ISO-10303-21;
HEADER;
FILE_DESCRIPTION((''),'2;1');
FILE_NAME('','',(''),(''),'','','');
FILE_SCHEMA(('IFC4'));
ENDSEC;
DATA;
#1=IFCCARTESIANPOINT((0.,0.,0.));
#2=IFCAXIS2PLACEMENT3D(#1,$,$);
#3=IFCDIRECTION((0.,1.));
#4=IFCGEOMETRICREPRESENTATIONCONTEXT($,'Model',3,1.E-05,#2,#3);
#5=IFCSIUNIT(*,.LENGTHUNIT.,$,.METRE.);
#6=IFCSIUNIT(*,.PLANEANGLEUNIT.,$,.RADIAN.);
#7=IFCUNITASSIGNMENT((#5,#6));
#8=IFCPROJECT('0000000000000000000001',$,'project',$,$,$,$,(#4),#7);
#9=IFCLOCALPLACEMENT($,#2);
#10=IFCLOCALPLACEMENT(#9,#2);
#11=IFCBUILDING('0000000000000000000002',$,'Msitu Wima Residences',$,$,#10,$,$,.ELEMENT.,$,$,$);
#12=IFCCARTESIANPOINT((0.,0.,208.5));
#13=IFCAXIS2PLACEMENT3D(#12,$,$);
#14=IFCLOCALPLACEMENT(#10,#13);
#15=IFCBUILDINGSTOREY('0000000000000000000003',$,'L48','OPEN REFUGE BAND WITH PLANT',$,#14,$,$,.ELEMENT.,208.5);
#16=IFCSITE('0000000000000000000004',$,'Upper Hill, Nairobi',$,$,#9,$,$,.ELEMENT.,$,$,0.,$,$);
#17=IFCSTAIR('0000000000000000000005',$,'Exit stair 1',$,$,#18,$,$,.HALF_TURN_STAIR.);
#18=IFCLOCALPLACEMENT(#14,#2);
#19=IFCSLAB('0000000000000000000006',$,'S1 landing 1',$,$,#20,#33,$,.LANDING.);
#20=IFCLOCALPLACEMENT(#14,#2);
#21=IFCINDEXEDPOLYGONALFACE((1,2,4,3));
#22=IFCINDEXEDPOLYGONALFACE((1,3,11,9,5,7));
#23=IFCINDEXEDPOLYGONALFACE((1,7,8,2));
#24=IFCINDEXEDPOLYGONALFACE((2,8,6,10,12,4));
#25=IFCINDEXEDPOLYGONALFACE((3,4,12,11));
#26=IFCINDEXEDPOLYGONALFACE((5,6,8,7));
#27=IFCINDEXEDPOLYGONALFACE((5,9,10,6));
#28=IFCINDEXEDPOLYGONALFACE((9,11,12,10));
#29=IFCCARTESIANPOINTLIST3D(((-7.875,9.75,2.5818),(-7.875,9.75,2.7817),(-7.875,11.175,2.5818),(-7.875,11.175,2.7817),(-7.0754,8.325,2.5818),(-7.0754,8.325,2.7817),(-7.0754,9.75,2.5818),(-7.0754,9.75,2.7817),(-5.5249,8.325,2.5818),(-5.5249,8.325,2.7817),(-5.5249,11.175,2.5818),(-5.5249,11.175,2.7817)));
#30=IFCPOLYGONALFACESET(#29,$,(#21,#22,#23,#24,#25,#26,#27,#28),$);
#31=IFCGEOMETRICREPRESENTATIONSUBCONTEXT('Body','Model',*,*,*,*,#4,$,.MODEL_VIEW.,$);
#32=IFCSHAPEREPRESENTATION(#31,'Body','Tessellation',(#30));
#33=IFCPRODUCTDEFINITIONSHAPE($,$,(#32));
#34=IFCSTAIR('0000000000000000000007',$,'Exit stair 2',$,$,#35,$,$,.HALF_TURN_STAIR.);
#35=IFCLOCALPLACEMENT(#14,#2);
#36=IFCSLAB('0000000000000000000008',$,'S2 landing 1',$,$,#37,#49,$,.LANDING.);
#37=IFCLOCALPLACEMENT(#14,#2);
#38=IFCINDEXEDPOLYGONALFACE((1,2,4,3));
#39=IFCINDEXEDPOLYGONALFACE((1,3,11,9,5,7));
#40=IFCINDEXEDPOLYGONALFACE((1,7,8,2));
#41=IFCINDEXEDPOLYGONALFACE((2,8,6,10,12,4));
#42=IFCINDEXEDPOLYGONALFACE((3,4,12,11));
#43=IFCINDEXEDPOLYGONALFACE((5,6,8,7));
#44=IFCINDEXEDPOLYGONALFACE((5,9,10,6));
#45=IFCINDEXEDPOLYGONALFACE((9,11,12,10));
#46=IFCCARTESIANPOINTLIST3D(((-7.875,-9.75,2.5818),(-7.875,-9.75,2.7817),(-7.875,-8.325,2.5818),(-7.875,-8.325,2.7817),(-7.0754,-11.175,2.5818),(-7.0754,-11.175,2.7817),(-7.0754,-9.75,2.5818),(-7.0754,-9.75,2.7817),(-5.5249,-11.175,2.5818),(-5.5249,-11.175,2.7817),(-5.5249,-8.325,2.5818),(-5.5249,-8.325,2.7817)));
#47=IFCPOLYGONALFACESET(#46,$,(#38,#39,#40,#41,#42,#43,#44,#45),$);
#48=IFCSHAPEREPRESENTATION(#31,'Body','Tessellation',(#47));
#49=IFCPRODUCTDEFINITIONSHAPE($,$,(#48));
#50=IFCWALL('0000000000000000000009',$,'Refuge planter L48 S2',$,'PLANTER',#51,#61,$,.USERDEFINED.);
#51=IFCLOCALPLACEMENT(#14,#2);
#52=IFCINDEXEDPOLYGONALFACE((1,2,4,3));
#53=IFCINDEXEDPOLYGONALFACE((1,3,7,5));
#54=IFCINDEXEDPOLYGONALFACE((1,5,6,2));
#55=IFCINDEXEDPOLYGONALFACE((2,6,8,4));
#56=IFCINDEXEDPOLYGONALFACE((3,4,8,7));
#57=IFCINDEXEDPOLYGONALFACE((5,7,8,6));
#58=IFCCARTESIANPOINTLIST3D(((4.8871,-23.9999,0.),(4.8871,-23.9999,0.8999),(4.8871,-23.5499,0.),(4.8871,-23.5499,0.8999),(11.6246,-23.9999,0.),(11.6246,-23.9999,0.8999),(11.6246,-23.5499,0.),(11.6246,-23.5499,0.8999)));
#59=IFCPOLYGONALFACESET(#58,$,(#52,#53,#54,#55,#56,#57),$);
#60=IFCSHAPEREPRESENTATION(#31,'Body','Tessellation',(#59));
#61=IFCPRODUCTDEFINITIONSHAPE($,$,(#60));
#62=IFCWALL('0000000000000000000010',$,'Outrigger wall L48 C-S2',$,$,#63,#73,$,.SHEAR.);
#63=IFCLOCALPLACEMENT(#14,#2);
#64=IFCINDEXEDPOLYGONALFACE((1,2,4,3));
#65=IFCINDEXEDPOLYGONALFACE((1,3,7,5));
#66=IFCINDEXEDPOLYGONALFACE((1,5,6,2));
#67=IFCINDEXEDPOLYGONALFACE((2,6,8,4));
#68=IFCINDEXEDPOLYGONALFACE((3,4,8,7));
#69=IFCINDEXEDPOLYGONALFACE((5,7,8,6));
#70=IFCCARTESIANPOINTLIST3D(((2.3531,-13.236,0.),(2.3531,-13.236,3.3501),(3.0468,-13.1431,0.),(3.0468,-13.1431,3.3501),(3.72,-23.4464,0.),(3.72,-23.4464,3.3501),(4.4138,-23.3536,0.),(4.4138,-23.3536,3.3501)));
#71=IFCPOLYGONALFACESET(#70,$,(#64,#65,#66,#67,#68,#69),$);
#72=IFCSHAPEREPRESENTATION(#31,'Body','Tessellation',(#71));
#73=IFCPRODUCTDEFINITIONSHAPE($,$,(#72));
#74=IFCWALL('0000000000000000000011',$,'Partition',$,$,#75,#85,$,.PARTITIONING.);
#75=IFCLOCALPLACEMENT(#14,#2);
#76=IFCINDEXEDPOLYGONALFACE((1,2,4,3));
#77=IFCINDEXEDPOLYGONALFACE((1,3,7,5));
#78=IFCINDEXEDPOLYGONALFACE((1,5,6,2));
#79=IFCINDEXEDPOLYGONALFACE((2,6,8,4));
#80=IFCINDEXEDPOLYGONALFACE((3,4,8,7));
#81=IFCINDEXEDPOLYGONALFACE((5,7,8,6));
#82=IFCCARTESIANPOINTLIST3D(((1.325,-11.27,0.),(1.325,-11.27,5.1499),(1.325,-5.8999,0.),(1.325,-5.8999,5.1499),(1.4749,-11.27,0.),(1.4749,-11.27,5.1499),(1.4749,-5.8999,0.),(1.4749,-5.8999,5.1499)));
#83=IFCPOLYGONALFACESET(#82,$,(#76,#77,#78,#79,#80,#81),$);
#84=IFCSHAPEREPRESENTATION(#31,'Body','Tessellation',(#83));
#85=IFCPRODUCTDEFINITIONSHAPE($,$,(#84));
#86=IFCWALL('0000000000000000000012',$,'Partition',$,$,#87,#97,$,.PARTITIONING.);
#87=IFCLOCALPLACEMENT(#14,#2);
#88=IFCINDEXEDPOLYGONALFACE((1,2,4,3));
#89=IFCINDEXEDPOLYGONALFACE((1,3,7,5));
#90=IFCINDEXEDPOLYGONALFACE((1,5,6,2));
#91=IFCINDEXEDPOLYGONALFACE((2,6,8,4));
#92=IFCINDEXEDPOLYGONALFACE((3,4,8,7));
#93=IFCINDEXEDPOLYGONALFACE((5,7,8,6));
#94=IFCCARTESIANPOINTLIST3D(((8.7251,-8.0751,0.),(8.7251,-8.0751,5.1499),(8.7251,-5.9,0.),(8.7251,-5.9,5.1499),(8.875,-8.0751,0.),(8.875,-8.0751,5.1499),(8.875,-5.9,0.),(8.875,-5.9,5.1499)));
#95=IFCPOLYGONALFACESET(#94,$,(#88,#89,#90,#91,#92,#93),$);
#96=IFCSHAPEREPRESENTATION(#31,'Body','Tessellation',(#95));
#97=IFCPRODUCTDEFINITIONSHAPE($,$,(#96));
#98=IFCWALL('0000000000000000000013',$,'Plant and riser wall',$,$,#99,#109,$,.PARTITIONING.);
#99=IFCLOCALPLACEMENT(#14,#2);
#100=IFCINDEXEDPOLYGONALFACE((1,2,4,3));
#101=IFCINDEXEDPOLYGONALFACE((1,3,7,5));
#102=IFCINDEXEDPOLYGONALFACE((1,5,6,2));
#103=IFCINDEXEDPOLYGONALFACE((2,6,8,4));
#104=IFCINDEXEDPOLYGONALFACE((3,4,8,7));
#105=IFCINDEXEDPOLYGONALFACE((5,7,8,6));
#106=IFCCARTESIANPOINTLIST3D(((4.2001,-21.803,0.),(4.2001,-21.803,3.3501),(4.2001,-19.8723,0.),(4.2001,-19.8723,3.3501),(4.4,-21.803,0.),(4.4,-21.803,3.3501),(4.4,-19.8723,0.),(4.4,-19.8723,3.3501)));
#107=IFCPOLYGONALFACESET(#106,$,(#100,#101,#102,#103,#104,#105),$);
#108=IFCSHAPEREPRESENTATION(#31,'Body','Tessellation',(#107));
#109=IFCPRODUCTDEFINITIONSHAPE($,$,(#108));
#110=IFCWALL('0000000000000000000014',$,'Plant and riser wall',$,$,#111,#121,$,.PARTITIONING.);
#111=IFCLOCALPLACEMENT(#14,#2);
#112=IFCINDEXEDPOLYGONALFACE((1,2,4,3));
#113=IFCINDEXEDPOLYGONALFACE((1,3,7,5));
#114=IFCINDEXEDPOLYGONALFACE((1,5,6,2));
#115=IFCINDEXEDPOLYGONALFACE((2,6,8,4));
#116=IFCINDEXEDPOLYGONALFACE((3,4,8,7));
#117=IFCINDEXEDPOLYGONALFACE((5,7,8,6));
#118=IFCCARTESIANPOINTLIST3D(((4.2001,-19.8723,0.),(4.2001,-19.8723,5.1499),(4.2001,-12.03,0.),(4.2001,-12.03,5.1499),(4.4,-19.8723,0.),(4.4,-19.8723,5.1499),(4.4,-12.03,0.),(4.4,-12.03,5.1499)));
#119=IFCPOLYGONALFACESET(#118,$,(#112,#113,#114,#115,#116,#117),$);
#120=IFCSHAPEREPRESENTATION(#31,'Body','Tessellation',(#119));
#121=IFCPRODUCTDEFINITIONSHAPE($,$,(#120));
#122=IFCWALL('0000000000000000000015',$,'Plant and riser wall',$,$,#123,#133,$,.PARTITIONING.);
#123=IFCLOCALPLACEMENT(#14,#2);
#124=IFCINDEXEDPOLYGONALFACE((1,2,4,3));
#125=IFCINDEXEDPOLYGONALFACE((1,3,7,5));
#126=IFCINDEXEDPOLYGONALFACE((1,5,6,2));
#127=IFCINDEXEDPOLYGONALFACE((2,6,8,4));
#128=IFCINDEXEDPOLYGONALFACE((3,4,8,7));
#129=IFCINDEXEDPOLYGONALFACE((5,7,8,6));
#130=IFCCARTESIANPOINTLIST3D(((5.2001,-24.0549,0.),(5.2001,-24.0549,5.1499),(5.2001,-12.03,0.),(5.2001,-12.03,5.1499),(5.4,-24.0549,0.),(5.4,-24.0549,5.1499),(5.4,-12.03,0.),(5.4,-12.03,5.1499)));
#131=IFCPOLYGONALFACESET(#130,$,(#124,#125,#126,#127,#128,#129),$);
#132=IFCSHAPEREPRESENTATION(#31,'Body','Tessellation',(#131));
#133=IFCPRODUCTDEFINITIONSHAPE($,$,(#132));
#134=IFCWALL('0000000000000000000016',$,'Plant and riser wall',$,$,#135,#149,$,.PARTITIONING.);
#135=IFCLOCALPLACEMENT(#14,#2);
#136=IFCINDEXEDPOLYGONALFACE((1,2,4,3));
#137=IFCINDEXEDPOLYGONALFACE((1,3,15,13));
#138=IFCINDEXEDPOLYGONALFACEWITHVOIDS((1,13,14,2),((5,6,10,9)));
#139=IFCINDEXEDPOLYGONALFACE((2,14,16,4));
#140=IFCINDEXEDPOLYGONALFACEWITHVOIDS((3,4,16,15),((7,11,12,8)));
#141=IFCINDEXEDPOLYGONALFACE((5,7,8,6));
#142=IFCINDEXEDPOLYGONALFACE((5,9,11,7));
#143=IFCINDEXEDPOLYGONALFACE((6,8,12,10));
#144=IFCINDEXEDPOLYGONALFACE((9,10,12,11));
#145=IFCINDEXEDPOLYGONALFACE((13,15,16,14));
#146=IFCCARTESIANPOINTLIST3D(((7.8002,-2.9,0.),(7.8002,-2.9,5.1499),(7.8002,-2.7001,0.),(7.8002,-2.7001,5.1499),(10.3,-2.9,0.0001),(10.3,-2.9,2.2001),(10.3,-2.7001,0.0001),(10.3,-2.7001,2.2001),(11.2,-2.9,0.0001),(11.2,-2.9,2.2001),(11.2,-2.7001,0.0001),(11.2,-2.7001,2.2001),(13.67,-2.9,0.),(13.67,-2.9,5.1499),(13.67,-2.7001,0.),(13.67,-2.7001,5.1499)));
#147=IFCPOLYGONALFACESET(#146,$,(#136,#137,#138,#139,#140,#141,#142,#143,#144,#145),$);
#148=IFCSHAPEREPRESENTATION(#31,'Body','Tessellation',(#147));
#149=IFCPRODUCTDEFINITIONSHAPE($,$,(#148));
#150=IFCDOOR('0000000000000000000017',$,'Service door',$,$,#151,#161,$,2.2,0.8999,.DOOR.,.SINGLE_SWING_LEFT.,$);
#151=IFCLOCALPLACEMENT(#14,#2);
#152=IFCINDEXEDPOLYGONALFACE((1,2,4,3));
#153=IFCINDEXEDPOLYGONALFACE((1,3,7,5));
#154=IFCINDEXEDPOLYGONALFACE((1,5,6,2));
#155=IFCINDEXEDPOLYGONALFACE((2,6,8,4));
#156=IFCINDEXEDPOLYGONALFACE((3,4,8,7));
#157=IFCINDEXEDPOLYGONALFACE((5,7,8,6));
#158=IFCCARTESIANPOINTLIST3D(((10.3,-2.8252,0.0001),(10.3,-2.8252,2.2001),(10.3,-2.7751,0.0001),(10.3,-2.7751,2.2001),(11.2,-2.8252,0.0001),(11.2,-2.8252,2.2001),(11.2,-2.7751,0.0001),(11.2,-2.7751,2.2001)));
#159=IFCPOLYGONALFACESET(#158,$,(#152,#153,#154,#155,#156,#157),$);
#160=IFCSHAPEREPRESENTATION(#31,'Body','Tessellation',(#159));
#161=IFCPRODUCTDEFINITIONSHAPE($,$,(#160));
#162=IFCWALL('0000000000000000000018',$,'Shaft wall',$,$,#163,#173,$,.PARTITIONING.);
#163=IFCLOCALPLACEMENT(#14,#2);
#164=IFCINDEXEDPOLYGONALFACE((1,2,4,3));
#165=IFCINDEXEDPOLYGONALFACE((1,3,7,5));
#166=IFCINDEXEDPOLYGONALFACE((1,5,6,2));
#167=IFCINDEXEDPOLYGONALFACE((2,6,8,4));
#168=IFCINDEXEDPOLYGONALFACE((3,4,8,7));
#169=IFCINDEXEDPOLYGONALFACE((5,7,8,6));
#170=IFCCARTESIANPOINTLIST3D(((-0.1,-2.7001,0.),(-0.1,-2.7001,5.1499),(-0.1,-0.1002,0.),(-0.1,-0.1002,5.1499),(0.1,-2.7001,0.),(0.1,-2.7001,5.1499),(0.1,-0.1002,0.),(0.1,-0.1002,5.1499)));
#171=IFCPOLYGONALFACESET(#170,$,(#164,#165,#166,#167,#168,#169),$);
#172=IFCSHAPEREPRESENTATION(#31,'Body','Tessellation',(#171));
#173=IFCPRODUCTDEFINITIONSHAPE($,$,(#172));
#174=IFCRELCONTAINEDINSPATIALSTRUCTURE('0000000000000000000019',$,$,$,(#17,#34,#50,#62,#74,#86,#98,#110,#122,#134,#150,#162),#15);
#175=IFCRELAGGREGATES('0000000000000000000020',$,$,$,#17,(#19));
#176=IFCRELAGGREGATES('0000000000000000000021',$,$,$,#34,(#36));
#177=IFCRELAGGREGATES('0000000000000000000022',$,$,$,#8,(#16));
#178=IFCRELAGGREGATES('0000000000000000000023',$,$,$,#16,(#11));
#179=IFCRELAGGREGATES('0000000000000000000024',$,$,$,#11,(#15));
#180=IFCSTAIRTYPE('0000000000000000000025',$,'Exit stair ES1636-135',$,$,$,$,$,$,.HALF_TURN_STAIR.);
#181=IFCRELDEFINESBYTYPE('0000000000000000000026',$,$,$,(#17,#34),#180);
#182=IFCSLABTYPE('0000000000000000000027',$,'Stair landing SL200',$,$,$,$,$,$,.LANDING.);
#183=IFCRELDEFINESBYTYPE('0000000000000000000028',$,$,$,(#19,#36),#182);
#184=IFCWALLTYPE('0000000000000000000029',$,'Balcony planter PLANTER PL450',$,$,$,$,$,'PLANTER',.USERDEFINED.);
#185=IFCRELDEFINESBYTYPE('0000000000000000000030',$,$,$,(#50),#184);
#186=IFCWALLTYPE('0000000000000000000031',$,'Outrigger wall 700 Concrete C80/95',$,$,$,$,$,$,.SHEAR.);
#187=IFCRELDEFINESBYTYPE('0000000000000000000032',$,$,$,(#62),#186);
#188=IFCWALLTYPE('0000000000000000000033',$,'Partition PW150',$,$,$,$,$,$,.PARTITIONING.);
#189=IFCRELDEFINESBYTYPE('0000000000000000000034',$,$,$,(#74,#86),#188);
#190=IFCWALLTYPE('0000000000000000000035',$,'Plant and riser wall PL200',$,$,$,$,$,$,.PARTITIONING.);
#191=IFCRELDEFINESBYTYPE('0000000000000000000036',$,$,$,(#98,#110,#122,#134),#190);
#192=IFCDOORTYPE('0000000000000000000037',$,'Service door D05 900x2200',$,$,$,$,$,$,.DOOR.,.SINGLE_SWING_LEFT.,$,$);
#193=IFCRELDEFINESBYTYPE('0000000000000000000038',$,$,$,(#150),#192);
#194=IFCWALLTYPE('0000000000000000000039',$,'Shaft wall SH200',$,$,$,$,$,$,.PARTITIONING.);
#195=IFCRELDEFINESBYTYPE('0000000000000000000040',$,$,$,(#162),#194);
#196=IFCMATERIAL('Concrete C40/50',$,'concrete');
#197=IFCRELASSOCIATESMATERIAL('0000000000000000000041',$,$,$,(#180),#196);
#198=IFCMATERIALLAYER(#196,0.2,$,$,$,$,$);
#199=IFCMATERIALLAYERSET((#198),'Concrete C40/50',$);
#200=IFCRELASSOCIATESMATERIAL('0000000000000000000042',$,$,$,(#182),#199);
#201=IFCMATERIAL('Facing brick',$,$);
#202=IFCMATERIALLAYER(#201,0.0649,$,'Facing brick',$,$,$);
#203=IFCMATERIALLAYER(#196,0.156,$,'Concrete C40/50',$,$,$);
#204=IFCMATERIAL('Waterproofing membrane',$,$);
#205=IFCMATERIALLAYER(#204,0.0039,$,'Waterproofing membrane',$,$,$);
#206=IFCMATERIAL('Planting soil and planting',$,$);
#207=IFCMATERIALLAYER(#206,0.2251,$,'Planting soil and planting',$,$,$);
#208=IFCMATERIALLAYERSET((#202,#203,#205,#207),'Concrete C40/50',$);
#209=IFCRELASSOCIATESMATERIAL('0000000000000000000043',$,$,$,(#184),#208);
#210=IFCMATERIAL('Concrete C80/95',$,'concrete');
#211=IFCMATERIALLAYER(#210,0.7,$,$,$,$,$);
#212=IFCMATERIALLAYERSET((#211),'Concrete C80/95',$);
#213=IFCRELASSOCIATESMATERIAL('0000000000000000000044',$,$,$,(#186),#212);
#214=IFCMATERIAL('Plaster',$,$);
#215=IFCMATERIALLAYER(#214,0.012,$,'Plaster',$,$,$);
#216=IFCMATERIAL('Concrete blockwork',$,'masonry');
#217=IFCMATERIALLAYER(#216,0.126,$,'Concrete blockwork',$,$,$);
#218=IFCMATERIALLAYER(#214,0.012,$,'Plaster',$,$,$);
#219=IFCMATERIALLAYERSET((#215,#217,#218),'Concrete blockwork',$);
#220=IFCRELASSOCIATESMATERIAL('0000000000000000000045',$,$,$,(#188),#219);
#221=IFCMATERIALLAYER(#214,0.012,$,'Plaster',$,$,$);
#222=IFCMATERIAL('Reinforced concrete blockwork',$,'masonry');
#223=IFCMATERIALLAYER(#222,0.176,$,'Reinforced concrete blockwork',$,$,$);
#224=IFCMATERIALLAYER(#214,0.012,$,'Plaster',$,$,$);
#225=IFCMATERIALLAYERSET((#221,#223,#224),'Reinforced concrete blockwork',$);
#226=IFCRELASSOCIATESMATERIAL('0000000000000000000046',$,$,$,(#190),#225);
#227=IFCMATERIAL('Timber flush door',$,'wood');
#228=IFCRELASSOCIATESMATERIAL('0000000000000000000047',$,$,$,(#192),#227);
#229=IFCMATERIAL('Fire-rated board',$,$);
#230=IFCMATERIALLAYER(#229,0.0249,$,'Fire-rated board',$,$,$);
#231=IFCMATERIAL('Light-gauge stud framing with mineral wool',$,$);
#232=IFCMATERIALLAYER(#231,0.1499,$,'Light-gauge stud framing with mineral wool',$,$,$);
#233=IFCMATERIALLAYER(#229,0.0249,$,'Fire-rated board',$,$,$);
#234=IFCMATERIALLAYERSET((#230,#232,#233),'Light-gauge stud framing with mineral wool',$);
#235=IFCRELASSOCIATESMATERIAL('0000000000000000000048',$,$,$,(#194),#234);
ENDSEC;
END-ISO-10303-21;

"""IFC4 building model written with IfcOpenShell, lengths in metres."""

from ifc_helpers import new_model, si_unit, direction, frame, frame_2d, origin, place, context, subcontext, project, spatial, polyline, rectangle, outline, extrude, material, layer, layer_set, type_object, element, fill, aggregate, save


model = new_model("IFC4")

# Units and contexts
model_context = context("Model", 3, precision=1e-05, world=origin(), true_north=direction((0.0, 1.0)))
body_context = subcontext(model_context, "Body", "Model", "MODEL_VIEW")
ifc_project = project(units=[si_unit("LENGTHUNIT", "METRE"), si_unit("PLANEANGLEUNIT", "RADIAN")], contexts=[model_context])

# Site, building, storey
site_placement = place(None, origin())
site = spatial("IfcSite", under=ifc_project, at=site_placement, Name="Upper Hill, Nairobi", CompositionType="ELEMENT", RefElevation=0.0)
building_placement = place(site_placement, origin())
building = spatial("IfcBuilding", under=site, at=building_placement, Name="Msitu Wima Residences", CompositionType="ELEMENT")
storey_placement = place(building_placement, frame((0.0, 0.0, 208.5)))
storey = spatial("IfcBuildingStorey", under=building, at=storey_placement, Name="L48", Description="OPEN REFUGE BAND WITH PLANT", CompositionType="ELEMENT", Elevation=208.5)

# Shared definitions
ifc_material_1 = material(Name="Concrete C80/95", Category="concrete")
ifc_material_2 = material(Name="Concrete C40/50", Category="concrete")

# Stairs, slabs
stair_type = type_object("IfcStairType", Name="Exit stair ES1636-135", PredefinedType="HALF_TURN_STAIR", material=ifc_material_2)
stair_1_placement = place(storey_placement, origin())
stair_1 = element("IfcStair", 1, at=stair_1_placement, inside=storey, type_object=stair_type, Name="Exit stair 1", PredefinedType="HALF_TURN_STAIR")
ifc_layer_1 = layer(ifc_material_2, 0.2)
ifc_layer_set_1 = layer_set([ifc_layer_1], Name="Concrete C40/50")
slab_type_1 = type_object("IfcSlabType", Name="Stair landing SL200", PredefinedType="LANDING", material=ifc_layer_set_1)
slab_1_placement = place(storey_placement, frame((0.0, 0.0, 2.5818)))
slab_1 = element("IfcSlab", 2, at=slab_1_placement, type_object=slab_type_1, Name="S1 landing 1", PredefinedType="LANDING", context=body_context, shape_type="SweptSolid", body=[
    extrude(outline(polyline([(-5.5249, 8.325), (-7.0754, 8.325), (-7.0754, 9.75), (-7.875, 9.75), (-7.875, 11.175), (-5.5249, 11.175), (-5.5249, 8.325)])), origin(), (0.0, 0.0, 1.0), 0.2),
])
aggregate(stair_1, [slab_1])
stair_2_placement = place(storey_placement, origin())
stair_2 = element("IfcStair", 3, at=stair_2_placement, inside=storey, type_object=stair_type, Name="Exit stair 2", PredefinedType="HALF_TURN_STAIR")
slab_2_placement = place(storey_placement, frame((0.0, 0.0, 2.5818)))
slab_2 = element("IfcSlab", 4, at=slab_2_placement, type_object=slab_type_1, Name="S2 landing 1", PredefinedType="LANDING", context=body_context, shape_type="SweptSolid", body=[
    extrude(outline(polyline([(-5.5249, -11.175), (-7.0754, -11.175), (-7.0754, -9.75), (-7.875, -9.75), (-7.875, -8.325), (-5.5249, -8.325), (-5.5249, -11.175)])), origin(), (0.0, 0.0, 1.0), 0.2),
])
aggregate(stair_2, [slab_2])

# Walls
ifc_material_3 = material(Name="Facing brick")
ifc_layer_2 = layer(ifc_material_3, 0.0649, Name="Facing brick")
ifc_layer_3 = layer(ifc_material_2, 0.156, Name="Concrete C40/50")
ifc_material_4 = material(Name="Waterproofing membrane")
ifc_layer_4 = layer(ifc_material_4, 0.0039, Name="Waterproofing membrane")
ifc_material_5 = material(Name="Planting soil and planting")
ifc_layer_5 = layer(ifc_material_5, 0.2251, Name="Planting soil and planting")
ifc_layer_set_2 = layer_set([ifc_layer_2, ifc_layer_3, ifc_layer_4, ifc_layer_5], Name="Concrete C40/50")
wall_type_1 = type_object("IfcWallType", Name="Balcony planter PLANTER PL450", ElementType="PLANTER", PredefinedType="USERDEFINED", material=ifc_layer_set_2)
wall_1_placement = place(storey_placement, frame((4.8872, -23.7749, 0.0), z_axis=(0.0, 0.0, 1.0), x_axis=(1.0, 0.0, 0.0)))
element("IfcWall", 5, at=wall_1_placement, inside=storey, type_object=wall_type_1, Name="Refuge planter L48 S2", ObjectType="PLANTER", PredefinedType="USERDEFINED", context=body_context, shape_type="SweptSolid", body=[
    extrude(rectangle(XDim=6.7375, YDim=0.45, at=frame_2d((3.3687, 0.0))), origin(), (0.0, 0.0, 1.0), 0.8999),
])
ifc_layer_6 = layer(ifc_material_1, 0.7)
ifc_layer_set_3 = layer_set([ifc_layer_6], Name="Concrete C80/95")
wall_type_2 = type_object("IfcWallType", Name="Outrigger wall 700 Concrete C80/95", PredefinedType="SHEAR", material=ifc_layer_set_3)
wall_2_placement = place(storey_placement, frame((2.7, -13.1895, 0.0), z_axis=(0.0, 0.0, 1.0), x_axis=(0.132693, -0.991157, 0.0)))
element("IfcWall", 6, at=wall_2_placement, inside=storey, type_object=wall_type_2, Name="Outrigger wall L48 C-S2", PredefinedType="SHEAR", context=body_context, shape_type="SweptSolid", body=[
    extrude(rectangle(XDim=10.3015, YDim=0.7, at=frame_2d((5.1509, 0.0))), origin(), (0.0, 0.0, 1.0), 3.3501),
])
ifc_material_6 = material(Name="Plaster")
ifc_layer_7 = layer(ifc_material_6, 0.012, Name="Plaster")
ifc_material_7 = material(Name="Concrete blockwork", Category="masonry")
ifc_layer_8 = layer(ifc_material_7, 0.126, Name="Concrete blockwork")
ifc_layer_9 = layer(ifc_material_6, 0.012, Name="Plaster")
ifc_layer_set_4 = layer_set([ifc_layer_7, ifc_layer_8, ifc_layer_9], Name="Concrete blockwork")
wall_type_3 = type_object("IfcWallType", Name="Partition PW150", PredefinedType="PARTITIONING", material=ifc_layer_set_4)
wall_3_placement = place(storey_placement, frame((1.3999, -11.27, 0.0), z_axis=(0.0, 0.0, 1.0), x_axis=(0.0, 1.0, 0.0)))
element("IfcWall", 7, at=wall_3_placement, inside=storey, type_object=wall_type_3, Name="Partition", PredefinedType="PARTITIONING", context=body_context, shape_type="SweptSolid", body=[
    extrude(rectangle(XDim=5.3701, YDim=0.1499, at=frame_2d((2.6851, 0.0))), origin(), (0.0, 0.0, 1.0), 5.1499),
])
wall_4_placement = place(storey_placement, frame((8.8, -8.075, 0.0), z_axis=(0.0, 0.0, 1.0), x_axis=(0.0, 1.0, 0.0)))
element("IfcWall", 8, at=wall_4_placement, inside=storey, type_object=wall_type_3, Name="Partition", PredefinedType="PARTITIONING", context=body_context, shape_type="SweptSolid", body=[
    extrude(rectangle(XDim=2.175, YDim=0.1499, at=frame_2d((1.0874, 0.0))), origin(), (0.0, 0.0, 1.0), 5.1499),
])
ifc_layer_10 = layer(ifc_material_6, 0.012, Name="Plaster")
ifc_material_8 = material(Name="Reinforced concrete blockwork", Category="masonry")
ifc_layer_11 = layer(ifc_material_8, 0.176, Name="Reinforced concrete blockwork")
ifc_layer_12 = layer(ifc_material_6, 0.012, Name="Plaster")
ifc_layer_set_5 = layer_set([ifc_layer_10, ifc_layer_11, ifc_layer_12], Name="Reinforced concrete blockwork")
wall_type_4 = type_object("IfcWallType", Name="Plant and riser wall PL200", PredefinedType="PARTITIONING", material=ifc_layer_set_5)
wall_5_placement = place(storey_placement, frame((4.3, -21.803, 0.0), z_axis=(0.0, 0.0, 1.0), x_axis=(0.0, 1.0, 0.0)))
element("IfcWall", 9, at=wall_5_placement, inside=storey, type_object=wall_type_4, Name="Plant and riser wall", PredefinedType="PARTITIONING", context=body_context, shape_type="SweptSolid", body=[
    extrude(rectangle(XDim=1.9307, YDim=0.2, at=frame_2d((0.9653, 0.0))), origin(), (0.0, 0.0, 1.0), 3.3501),
])
wall_6_placement = place(storey_placement, frame((4.3, -19.8723, 0.0), z_axis=(0.0, 0.0, 1.0), x_axis=(0.0, 1.0, 0.0)))
element("IfcWall", 10, at=wall_6_placement, inside=storey, type_object=wall_type_4, Name="Plant and riser wall", PredefinedType="PARTITIONING", context=body_context, shape_type="SweptSolid", body=[
    extrude(rectangle(XDim=7.8423, YDim=0.2, at=frame_2d((3.9211, 0.0))), origin(), (0.0, 0.0, 1.0), 5.1499),
])
wall_7_placement = place(storey_placement, frame((5.3, -24.0549, 0.0), z_axis=(0.0, 0.0, 1.0), x_axis=(0.0, 1.0, 0.0)))
element("IfcWall", 11, at=wall_7_placement, inside=storey, type_object=wall_type_4, Name="Plant and riser wall", PredefinedType="PARTITIONING", context=body_context, shape_type="SweptSolid", body=[
    extrude(rectangle(XDim=12.0249, YDim=0.2, at=frame_2d((6.0125, 0.0))), origin(), (0.0, 0.0, 1.0), 5.1499),
])

# Wall, opening, door
wall_8_placement = place(storey_placement, frame((7.8, -2.8, 0.0), z_axis=(0.0, 0.0, 1.0), x_axis=(1.0, 0.0, 0.0)))
wall_8 = element("IfcWall", 12, at=wall_8_placement, inside=storey, type_object=wall_type_4, Name="Plant and riser wall", PredefinedType="PARTITIONING", context=body_context, shape_type="SweptSolid", body=[
    extrude(rectangle(XDim=5.8699, YDim=0.2, at=frame_2d((2.9351, 0.0))), origin(), (0.0, 0.0, 1.0), 5.1499),
])
opening_placement = place(wall_8_placement, frame((2.5, 0.0, 0.0)))
opening = element("IfcOpeningElement", 13, at=opening_placement, cuts=wall_8, PredefinedType="OPENING", context=body_context, shape_type="SweptSolid", body=[
    extrude(rectangle(XDim=0.8999, YDim=2.2, at=frame_2d((0.45, 1.1001))), frame((0.0, 0.1099, 0.0), z_axis=(0.0, -1.0, 0.0), x_axis=(1.0, 0.0, 0.0)), (0.0, 0.0, 1.0), 0.22),
])
ifc_material_9 = material(Name="Timber flush door", Category="wood")
door_type = type_object("IfcDoorType", Name="Service door D05 900x2200", OperationType="SINGLE_SWING_LEFT", PredefinedType="DOOR", material=ifc_material_9)
door_placement = place(opening_placement, origin())
door = element("IfcDoor", 14, at=door_placement, inside=storey, type_object=door_type, Name="Service door", OperationType="SINGLE_SWING_LEFT", OverallHeight=2.2, OverallWidth=0.8999, PredefinedType="DOOR", context=body_context, shape_type="SweptSolid", body=[
    extrude(rectangle(XDim=0.8999, YDim=2.2, at=frame_2d((0.45, 1.1001))), frame((0.0, 0.0249, 0.0), z_axis=(0.0, -1.0, 0.0), x_axis=(1.0, 0.0, 0.0)), (0.0, 0.0, 1.0), 0.05),
])
fill(opening, door)

# Wall
ifc_material_10 = material(Name="Fire-rated board")
ifc_layer_13 = layer(ifc_material_10, 0.0249, Name="Fire-rated board")
ifc_material_11 = material(Name="Light-gauge stud framing with mineral wool")
ifc_layer_14 = layer(ifc_material_11, 0.1499, Name="Light-gauge stud framing with mineral wool")
ifc_layer_15 = layer(ifc_material_10, 0.0249, Name="Fire-rated board")
ifc_layer_set_6 = layer_set([ifc_layer_13, ifc_layer_14, ifc_layer_15], Name="Light-gauge stud framing with mineral wool")
wall_type_5 = type_object("IfcWallType", Name="Shaft wall SH200", PredefinedType="PARTITIONING", material=ifc_layer_set_6)
for number, where, z_axis, x_axis, name in (
    (15, (0.0, -2.7, 0.0), (0.0, 0.0, 1.0), (0.0, 1.0, 0.0), "Shaft wall"),
):
    element("IfcWall", number, at=place(storey_placement, frame(where, z_axis=z_axis, x_axis=x_axis)), inside=storey, type_object=wall_type_5, Name=name, PredefinedType="PARTITIONING", context=body_context, shape_type="SweptSolid", body=[
        extrude(rectangle(XDim=2.5999, YDim=0.2, at=frame_2d((1.2998, 0.0))), origin(), (0.0, 0.0, 1.0), 5.1499),
    ])

save(model, "model.ifc")
